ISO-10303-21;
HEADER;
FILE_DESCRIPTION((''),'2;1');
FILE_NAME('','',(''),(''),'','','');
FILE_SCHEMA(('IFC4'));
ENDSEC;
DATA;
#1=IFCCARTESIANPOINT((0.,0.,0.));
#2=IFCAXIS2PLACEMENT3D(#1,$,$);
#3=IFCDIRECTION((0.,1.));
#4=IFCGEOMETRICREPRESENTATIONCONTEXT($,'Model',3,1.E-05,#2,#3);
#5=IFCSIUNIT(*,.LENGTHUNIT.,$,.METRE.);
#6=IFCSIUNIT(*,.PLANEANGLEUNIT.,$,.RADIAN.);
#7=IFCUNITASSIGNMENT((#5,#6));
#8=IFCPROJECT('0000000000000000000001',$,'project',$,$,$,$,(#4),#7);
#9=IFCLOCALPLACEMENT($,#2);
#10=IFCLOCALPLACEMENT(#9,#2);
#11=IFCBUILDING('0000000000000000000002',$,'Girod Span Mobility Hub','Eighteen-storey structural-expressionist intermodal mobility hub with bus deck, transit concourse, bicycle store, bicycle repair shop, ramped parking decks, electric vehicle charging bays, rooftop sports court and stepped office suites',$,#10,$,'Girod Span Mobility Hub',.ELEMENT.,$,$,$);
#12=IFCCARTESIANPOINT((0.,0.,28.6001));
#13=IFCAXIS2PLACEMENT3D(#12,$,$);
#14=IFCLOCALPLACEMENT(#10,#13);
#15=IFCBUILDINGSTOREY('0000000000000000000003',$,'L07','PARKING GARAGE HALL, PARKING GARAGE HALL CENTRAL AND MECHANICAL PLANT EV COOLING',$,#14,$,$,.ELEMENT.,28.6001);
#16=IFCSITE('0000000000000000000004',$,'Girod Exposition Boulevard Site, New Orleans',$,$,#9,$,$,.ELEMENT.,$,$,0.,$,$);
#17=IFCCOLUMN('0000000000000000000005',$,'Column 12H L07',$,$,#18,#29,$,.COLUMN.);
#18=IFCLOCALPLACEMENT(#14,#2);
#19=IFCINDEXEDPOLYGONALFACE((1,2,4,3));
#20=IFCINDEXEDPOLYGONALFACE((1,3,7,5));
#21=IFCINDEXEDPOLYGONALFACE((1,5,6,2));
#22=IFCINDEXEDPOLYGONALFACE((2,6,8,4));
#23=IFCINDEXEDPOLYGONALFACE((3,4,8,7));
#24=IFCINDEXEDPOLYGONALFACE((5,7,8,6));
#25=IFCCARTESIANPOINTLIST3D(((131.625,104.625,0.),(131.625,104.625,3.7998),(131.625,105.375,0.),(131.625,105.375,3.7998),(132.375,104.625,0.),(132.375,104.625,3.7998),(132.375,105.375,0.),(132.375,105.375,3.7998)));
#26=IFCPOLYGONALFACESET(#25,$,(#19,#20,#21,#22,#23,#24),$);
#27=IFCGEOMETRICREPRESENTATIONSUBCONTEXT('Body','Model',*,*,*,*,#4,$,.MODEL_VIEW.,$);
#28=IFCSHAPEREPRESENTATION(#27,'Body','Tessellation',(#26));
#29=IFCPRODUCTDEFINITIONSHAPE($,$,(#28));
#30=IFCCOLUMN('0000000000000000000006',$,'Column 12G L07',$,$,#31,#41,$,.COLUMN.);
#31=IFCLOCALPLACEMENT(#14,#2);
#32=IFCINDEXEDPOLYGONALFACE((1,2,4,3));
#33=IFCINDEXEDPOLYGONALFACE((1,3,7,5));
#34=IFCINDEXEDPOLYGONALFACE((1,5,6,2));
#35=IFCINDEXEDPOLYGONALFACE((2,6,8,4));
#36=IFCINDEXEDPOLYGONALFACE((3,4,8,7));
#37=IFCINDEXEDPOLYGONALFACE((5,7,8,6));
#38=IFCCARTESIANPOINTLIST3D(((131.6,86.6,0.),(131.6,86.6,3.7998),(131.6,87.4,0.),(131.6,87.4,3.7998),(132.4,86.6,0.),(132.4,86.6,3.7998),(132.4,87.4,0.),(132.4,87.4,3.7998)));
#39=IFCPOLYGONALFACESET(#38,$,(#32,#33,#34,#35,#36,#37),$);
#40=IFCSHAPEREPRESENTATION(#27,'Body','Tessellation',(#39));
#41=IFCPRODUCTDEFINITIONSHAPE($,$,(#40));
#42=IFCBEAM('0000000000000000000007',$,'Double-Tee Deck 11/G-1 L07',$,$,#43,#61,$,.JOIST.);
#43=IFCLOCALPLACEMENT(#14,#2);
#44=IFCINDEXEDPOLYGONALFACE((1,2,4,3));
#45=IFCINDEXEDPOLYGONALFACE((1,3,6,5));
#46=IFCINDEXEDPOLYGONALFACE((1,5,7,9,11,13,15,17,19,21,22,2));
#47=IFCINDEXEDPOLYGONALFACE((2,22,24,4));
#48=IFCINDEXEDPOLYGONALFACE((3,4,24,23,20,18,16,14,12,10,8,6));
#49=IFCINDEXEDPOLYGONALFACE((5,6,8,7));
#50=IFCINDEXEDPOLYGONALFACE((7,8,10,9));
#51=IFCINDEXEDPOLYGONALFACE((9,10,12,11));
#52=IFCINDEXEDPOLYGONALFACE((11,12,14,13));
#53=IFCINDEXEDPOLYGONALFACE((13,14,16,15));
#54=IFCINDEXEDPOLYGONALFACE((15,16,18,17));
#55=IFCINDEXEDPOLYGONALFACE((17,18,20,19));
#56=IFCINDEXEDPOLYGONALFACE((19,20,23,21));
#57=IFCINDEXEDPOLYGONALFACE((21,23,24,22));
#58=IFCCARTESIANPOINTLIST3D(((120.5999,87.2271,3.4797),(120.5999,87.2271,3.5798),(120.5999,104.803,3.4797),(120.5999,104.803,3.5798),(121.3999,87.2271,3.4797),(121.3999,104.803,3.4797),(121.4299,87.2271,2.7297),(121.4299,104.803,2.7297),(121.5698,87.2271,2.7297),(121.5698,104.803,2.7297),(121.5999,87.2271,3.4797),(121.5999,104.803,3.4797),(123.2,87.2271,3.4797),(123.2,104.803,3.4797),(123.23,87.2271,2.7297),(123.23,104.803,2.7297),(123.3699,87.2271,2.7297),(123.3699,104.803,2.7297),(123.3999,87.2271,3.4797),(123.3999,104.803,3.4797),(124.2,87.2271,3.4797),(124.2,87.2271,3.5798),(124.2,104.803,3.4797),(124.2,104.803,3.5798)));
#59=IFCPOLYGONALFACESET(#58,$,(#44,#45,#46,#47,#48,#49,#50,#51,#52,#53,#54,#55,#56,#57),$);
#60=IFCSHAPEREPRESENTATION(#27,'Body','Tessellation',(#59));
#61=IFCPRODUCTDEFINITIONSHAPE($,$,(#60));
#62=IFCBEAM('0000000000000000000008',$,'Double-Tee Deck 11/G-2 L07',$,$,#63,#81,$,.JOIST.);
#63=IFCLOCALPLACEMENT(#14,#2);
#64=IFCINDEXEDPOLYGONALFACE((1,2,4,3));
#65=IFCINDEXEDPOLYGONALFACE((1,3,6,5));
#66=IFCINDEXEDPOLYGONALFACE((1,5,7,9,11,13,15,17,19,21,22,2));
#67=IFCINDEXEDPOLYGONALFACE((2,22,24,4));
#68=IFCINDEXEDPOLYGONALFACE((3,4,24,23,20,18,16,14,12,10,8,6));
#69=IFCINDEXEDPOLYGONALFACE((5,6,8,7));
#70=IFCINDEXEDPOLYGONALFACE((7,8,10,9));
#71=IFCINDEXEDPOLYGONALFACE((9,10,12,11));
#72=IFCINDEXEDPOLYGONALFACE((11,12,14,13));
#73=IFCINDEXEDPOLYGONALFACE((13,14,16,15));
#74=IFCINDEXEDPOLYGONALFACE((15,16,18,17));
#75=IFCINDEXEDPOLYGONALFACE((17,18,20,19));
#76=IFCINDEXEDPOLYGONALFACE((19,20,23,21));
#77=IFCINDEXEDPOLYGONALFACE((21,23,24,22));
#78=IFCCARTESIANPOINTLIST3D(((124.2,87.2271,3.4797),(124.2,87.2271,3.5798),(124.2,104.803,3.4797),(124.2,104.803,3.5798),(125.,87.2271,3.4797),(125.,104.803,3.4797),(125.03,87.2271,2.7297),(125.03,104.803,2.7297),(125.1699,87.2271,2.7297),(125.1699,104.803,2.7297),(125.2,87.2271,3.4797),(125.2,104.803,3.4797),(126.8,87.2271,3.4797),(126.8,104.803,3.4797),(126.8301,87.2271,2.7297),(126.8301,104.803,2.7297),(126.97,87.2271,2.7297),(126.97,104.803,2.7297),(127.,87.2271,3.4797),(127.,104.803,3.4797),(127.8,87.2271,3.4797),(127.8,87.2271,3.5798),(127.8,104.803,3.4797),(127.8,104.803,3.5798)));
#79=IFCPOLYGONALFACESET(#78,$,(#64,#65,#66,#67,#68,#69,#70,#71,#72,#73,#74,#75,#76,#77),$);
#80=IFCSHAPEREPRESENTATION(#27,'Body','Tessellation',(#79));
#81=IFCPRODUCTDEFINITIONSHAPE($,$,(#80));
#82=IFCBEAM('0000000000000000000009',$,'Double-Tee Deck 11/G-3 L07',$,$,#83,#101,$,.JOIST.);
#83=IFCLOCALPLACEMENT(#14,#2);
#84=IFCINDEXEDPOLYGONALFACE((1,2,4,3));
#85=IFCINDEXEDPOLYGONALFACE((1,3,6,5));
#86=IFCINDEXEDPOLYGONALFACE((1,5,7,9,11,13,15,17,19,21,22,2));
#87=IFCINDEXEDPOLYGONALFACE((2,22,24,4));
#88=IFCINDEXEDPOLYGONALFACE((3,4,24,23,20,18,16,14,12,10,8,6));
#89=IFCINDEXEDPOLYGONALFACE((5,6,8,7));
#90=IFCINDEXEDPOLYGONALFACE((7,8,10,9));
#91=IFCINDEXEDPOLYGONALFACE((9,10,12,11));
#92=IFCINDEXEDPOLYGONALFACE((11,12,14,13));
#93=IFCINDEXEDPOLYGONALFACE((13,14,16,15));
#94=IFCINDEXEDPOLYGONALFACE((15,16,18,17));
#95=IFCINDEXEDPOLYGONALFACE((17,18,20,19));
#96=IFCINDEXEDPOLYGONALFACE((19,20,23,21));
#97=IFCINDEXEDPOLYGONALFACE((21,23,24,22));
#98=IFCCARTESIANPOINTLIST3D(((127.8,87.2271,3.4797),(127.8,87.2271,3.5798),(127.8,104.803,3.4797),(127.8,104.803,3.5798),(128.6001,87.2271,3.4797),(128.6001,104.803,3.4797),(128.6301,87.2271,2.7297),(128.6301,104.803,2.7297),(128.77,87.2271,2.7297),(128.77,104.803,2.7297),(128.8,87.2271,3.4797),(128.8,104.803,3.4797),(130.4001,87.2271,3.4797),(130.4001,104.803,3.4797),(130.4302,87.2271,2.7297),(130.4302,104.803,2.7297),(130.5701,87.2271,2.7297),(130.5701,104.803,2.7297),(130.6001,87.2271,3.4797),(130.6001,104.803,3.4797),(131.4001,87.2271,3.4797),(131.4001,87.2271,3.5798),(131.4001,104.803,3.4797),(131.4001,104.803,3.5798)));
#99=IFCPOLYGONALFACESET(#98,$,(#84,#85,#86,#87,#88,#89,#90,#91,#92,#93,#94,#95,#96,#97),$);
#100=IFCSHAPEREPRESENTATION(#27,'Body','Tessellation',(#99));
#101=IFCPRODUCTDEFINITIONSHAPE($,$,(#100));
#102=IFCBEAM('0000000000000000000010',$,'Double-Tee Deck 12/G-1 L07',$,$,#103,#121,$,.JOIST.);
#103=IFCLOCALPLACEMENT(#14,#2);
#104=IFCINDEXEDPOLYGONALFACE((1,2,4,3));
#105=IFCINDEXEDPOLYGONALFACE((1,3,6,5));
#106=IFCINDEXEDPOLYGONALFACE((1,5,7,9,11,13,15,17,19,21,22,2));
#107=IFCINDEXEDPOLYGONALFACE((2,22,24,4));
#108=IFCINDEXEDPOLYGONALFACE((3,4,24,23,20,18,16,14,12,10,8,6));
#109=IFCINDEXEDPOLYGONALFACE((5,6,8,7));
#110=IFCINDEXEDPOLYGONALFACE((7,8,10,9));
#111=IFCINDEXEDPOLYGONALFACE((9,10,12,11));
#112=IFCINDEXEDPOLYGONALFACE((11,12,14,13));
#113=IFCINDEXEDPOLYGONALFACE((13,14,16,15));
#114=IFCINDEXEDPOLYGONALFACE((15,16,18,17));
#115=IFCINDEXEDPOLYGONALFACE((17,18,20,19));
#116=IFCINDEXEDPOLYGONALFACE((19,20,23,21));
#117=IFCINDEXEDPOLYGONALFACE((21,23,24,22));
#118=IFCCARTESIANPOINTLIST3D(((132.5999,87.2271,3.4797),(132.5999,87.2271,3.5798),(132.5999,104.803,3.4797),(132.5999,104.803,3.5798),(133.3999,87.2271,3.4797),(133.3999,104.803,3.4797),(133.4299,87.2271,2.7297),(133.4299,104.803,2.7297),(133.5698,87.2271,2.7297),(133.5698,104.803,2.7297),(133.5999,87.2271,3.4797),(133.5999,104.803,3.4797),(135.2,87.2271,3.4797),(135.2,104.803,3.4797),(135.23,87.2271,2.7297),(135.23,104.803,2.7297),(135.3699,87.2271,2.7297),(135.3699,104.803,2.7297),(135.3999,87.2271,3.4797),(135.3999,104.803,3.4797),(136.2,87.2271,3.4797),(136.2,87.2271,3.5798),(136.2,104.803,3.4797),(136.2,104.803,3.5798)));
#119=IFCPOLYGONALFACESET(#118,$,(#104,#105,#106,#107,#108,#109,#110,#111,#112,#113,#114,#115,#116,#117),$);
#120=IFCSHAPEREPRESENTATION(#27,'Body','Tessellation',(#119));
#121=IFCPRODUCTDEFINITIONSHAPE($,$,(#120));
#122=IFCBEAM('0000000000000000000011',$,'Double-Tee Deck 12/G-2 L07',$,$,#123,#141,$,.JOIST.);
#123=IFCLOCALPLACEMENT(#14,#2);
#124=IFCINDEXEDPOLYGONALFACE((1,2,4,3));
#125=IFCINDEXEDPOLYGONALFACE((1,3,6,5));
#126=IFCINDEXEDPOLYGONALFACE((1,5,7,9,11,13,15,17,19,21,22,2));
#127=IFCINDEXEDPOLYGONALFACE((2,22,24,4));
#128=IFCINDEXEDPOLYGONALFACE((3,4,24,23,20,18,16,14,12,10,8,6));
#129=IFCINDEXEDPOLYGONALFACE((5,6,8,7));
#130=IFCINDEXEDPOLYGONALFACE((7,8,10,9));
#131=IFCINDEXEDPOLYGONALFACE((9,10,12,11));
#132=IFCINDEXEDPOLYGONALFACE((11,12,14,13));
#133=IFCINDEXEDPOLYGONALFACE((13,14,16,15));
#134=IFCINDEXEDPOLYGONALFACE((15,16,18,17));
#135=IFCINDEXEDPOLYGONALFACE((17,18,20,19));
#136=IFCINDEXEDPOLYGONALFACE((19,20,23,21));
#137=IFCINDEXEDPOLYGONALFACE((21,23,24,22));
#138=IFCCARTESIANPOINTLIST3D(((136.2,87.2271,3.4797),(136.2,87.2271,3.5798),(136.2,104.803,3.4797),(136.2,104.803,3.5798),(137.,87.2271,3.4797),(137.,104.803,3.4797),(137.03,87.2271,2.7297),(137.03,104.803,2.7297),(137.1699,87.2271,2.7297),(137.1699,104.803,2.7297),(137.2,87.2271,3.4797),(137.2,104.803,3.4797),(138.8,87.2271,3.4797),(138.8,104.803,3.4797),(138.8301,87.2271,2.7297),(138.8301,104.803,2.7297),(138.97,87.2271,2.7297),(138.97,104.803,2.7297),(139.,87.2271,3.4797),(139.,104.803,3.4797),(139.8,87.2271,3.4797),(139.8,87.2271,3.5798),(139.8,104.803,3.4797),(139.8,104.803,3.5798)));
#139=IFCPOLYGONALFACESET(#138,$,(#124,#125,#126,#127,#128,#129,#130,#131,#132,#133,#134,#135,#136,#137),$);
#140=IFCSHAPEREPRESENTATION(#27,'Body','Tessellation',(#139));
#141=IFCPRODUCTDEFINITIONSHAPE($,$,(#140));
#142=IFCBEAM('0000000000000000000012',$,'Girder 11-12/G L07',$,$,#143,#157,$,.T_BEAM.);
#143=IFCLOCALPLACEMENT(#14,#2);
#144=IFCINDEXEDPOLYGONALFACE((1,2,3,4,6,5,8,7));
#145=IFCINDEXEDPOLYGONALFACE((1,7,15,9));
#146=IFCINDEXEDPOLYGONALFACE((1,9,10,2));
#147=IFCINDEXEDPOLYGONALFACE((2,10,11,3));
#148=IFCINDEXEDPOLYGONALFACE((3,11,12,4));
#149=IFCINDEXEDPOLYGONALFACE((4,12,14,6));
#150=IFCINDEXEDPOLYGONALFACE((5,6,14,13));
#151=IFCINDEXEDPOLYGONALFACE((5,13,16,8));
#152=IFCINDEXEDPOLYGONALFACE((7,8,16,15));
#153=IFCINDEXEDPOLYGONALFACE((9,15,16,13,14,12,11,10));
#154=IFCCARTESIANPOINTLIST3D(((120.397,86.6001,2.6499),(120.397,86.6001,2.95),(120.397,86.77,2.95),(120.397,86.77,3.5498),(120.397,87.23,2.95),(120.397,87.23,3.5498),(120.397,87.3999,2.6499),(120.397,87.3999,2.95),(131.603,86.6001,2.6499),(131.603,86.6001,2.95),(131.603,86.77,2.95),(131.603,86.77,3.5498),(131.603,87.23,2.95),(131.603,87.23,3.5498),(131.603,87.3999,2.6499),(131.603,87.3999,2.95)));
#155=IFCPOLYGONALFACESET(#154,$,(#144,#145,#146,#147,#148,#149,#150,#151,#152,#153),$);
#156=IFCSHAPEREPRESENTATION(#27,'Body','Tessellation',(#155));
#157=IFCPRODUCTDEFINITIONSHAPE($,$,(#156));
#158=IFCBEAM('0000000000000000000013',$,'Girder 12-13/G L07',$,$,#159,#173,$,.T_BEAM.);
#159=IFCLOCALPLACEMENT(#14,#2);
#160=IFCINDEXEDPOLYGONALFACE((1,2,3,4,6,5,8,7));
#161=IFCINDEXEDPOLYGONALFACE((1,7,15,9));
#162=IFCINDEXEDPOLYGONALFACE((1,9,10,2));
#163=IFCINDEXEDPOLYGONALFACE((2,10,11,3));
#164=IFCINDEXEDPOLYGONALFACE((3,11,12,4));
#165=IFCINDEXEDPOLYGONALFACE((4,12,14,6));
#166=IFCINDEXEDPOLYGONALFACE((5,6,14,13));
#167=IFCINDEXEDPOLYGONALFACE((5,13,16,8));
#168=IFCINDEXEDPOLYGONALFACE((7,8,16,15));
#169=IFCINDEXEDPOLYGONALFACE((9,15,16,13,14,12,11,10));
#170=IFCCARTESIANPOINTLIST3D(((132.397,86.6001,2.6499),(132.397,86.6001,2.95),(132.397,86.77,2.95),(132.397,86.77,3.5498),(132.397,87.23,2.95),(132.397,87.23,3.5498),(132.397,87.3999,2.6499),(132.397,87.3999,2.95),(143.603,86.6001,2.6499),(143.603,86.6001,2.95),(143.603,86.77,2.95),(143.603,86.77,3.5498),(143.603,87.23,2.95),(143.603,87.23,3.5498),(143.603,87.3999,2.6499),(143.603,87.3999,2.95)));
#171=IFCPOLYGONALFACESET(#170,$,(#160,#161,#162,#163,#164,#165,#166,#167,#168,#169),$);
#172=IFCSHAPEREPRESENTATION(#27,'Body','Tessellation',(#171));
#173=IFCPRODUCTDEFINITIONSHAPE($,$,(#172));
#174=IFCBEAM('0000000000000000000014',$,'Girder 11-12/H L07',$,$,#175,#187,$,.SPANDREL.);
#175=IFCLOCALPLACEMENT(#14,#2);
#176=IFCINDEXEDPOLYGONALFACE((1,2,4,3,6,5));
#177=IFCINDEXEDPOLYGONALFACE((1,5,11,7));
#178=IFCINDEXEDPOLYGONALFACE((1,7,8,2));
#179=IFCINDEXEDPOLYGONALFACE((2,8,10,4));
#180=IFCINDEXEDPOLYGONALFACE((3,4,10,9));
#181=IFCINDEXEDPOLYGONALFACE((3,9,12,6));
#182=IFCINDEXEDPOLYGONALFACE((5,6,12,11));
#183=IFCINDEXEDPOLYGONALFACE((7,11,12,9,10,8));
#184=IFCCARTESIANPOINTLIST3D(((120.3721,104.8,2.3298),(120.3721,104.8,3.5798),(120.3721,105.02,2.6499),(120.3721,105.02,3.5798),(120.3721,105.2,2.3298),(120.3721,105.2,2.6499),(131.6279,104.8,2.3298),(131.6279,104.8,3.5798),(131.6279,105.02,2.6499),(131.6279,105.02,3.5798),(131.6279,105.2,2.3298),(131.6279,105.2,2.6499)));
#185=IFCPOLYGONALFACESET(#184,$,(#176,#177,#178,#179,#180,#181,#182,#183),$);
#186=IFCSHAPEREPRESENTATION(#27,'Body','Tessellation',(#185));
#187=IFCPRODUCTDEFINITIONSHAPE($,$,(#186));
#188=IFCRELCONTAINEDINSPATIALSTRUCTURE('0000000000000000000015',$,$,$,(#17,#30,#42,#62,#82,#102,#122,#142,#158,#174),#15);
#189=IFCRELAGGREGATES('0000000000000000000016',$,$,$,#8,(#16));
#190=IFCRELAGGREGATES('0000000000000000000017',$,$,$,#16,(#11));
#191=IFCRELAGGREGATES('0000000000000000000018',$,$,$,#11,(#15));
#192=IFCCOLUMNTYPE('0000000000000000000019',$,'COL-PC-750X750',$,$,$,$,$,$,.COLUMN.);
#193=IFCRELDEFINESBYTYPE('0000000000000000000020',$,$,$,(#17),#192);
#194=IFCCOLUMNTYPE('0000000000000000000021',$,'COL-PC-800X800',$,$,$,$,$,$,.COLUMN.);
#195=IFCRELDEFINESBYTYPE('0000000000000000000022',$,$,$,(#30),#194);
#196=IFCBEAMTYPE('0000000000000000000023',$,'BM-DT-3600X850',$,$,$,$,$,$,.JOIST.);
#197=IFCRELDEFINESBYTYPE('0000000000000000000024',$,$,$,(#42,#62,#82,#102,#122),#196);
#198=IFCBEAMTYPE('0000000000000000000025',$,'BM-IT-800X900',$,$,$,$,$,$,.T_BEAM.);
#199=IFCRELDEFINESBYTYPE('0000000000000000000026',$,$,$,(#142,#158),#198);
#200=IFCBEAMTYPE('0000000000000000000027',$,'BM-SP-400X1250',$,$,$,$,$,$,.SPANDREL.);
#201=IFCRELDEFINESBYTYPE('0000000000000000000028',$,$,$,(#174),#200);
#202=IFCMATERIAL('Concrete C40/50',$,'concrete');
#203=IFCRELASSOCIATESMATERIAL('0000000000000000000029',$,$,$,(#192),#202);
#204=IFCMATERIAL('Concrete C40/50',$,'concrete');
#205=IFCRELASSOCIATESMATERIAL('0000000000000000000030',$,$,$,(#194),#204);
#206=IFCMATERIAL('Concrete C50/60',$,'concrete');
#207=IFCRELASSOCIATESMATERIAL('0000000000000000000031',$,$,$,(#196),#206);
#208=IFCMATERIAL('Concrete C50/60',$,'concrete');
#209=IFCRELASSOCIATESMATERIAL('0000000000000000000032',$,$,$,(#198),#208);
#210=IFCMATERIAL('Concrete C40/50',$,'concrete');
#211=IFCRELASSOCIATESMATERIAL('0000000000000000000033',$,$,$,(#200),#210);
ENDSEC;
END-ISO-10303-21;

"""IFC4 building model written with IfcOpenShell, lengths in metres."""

from ifc_helpers import new_model, si_unit, direction, frame, origin, origin_2d, place, context, subcontext, project, spatial, polyline, rectangle, outline, extrude, material, material_profile, profile_set, type_object, element, save


model = new_model("IFC4")

# Units and contexts
model_context = context("Model", 3, precision=1e-05, world=origin(), true_north=direction((0.0, 1.0)))
body_context = subcontext(model_context, "Body", "Model", "MODEL_VIEW")
ifc_project = project(units=[si_unit("LENGTHUNIT", "METRE"), si_unit("PLANEANGLEUNIT", "RADIAN")], contexts=[model_context])

# Site, building, storey
site_placement = place(None, origin())
site = spatial("IfcSite", under=ifc_project, at=site_placement, Name="Girod Exposition Boulevard Site, New Orleans", CompositionType="ELEMENT", RefElevation=0.0)
building_placement = place(site_placement, origin())
building = spatial("IfcBuilding", under=site, at=building_placement, Name="Girod Span Mobility Hub", Description="Eighteen-storey structural-expressionist intermodal mobility hub with bus deck, transit concourse, bicycle store, bicycle repair shop, ramped parking decks, electric vehicle charging bays, rooftop sports court and stepped office suites", LongName="Girod Span Mobility Hub", CompositionType="ELEMENT")
storey_placement = place(building_placement, frame((0.0, 0.0, 28.6001)))
storey = spatial("IfcBuildingStorey", under=building, at=storey_placement, Name="L07", Description="PARKING GARAGE HALL, PARKING GARAGE HALL CENTRAL AND MECHANICAL PLANT EV COOLING", CompositionType="ELEMENT", Elevation=28.6001)

# Columns
ifc_material_1 = material(Name="Concrete C40/50", Category="concrete")
ifc_material_profile_1 = material_profile(ifc_material_1, rectangle(XDim=0.75, YDim=0.75, at=origin_2d()), Name="PC-COL-750X750")
ifc_profile_set_1 = profile_set([ifc_material_profile_1], Name="Concrete C40/50")
column_type_1 = type_object("IfcColumnType", Name="COL-PC-750X750", PredefinedType="COLUMN", material=ifc_profile_set_1)
column_1_placement = place(storey_placement, frame((132.0, 105.0, 0.0), z_axis=(0.0, 0.0, 1.0), x_axis=(1.0, 0.0, 0.0)))
element("IfcColumn", 1, at=column_1_placement, inside=storey, type_object=column_type_1, Name="Column 12H L07", PredefinedType="COLUMN", context=body_context, shape_type="SweptSolid", body=[
    extrude(rectangle(XDim=0.75, YDim=0.75, at=origin_2d()), origin(), (0.0, 0.0, 1.0), 3.7998),
])
ifc_material_2 = material(Name="Concrete C40/50", Category="concrete")
ifc_material_profile_2 = material_profile(ifc_material_2, rectangle(XDim=0.8, YDim=0.8, at=origin_2d()), Name="PC-COL-800X800")
ifc_profile_set_2 = profile_set([ifc_material_profile_2], Name="Concrete C40/50")
column_type_2 = type_object("IfcColumnType", Name="COL-PC-800X800", PredefinedType="COLUMN", material=ifc_profile_set_2)
column_2_placement = place(storey_placement, frame((132.0, 87.0, 0.0), z_axis=(0.0, 0.0, 1.0), x_axis=(1.0, 0.0, 0.0)))
element("IfcColumn", 2, at=column_2_placement, inside=storey, type_object=column_type_2, Name="Column 12G L07", PredefinedType="COLUMN", context=body_context, shape_type="SweptSolid", body=[
    extrude(rectangle(XDim=0.8, YDim=0.8, at=origin_2d()), origin(), (0.0, 0.0, 1.0), 3.7998),
])

# Beams
ifc_material_3 = material(Name="Concrete C50/60", Category="concrete")
ifc_material_profile_3 = material_profile(ifc_material_3, outline(polyline([(-1.8, 0.425), (-1.8, 0.325), (-1.0, 0.325), (-0.97, -0.425), (-0.8301, -0.425), (-0.8, 0.325), (0.8, 0.325), (0.8301, -0.425), (0.97, -0.425), (1.0, 0.325), (1.8, 0.325), (1.8, 0.425), (-1.8, 0.425)])), Name="DT-3600X850")
ifc_profile_set_3 = profile_set([ifc_material_profile_3], Name="Concrete C50/60")
beam_type_1 = type_object("IfcBeamType", Name="BM-DT-3600X850", PredefinedType="JOIST", material=ifc_profile_set_3)
for number, where, z_axis, x_axis, name in (
    (3, (122.3999, 87.2271, 3.1548), (0.0, 1.0, 0.0), (-1.0, 0.0, 0.0), "Double-Tee Deck 11/G-1 L07"),
    (4, (126.0, 87.2271, 3.1548), (0.0, 1.0, 0.0), (-1.0, 0.0, 0.0), "Double-Tee Deck 11/G-2 L07"),
    (5, (129.6001, 87.2271, 3.1548), (0.0, 1.0, 0.0), (-1.0, 0.0, 0.0), "Double-Tee Deck 11/G-3 L07"),
    (6, (134.3999, 87.2271, 3.1548), (0.0, 1.0, 0.0), (-1.0, 0.0, 0.0), "Double-Tee Deck 12/G-1 L07"),
    (7, (138.0, 87.2271, 3.1548), (0.0, 1.0, 0.0), (-1.0, 0.0, 0.0), "Double-Tee Deck 12/G-2 L07"),
):
    element("IfcBeam", number, at=place(storey_placement, frame(where, z_axis=z_axis, x_axis=x_axis)), inside=storey, type_object=beam_type_1, Name=name, PredefinedType="JOIST", context=body_context, shape_type="SweptSolid", body=[
        extrude(outline(polyline([(-1.8, 0.425), (-1.8, 0.325), (-1.0, 0.325), (-0.97, -0.425), (-0.8301, -0.425), (-0.8, 0.325), (0.8, 0.325), (0.8301, -0.425), (0.97, -0.425), (1.0, 0.325), (1.8, 0.325), (1.8, 0.425), (-1.8, 0.425)])), origin(), (0.0, 0.0, 1.0), 17.5759),
    ])
ifc_material_4 = material(Name="Concrete C50/60", Category="concrete")
ifc_material_profile_4 = material_profile(ifc_material_4, outline(polyline([(-0.3999, -0.45), (0.3999, -0.45), (0.3999, -0.1499), (0.23, -0.1499), (0.23, 0.45), (-0.23, 0.45), (-0.23, -0.1499), (-0.3999, -0.1499), (-0.3999, -0.45)])), Name="IT-800X900")
ifc_profile_set_4 = profile_set([ifc_material_profile_4], Name="Concrete C50/60")
beam_type_2 = type_object("IfcBeamType", Name="BM-IT-800X900", PredefinedType="T_BEAM", material=ifc_profile_set_4)
for number, where, z_axis, x_axis, name in (
    (8, (120.397, 87.0, 3.0999), (1.0, 0.0, 0.0), (0.0, 1.0, 0.0), "Girder 11-12/G L07"),
    (9, (132.397, 87.0, 3.0999), (1.0, 0.0, 0.0), (0.0, 1.0, 0.0), "Girder 12-13/G L07"),
):
    element("IfcBeam", number, at=place(storey_placement, frame(where, z_axis=z_axis, x_axis=x_axis)), inside=storey, type_object=beam_type_2, Name=name, PredefinedType="T_BEAM", context=body_context, shape_type="SweptSolid", body=[
        extrude(outline(polyline([(-0.3999, -0.45), (0.3999, -0.45), (0.3999, -0.1499), (0.23, -0.1499), (0.23, 0.45), (-0.23, 0.45), (-0.23, -0.1499), (-0.3999, -0.1499), (-0.3999, -0.45)])), origin(), (0.0, 0.0, 1.0), 11.2061),
    ])
ifc_material_5 = material(Name="Concrete C40/50", Category="concrete")
ifc_material_profile_5 = material_profile(ifc_material_5, outline(polyline([(-0.2, -0.625), (0.2, -0.625), (0.2, -0.3049), (0.02, -0.3049), (0.02, 0.625), (-0.2, 0.625), (-0.2, -0.625)])), Name="SP-400X1250")
ifc_profile_set_5 = profile_set([ifc_material_profile_5], Name="Concrete C40/50")
beam_type_3 = type_object("IfcBeamType", Name="BM-SP-400X1250", PredefinedType="SPANDREL", material=ifc_profile_set_5)
for number, where, z_axis, x_axis, name in (
    (10, (120.3721, 105.0, 2.9548), (1.0, 0.0, 0.0), (0.0, 1.0, 0.0), "Girder 11-12/H L07"),
):
    element("IfcBeam", number, at=place(storey_placement, frame(where, z_axis=z_axis, x_axis=x_axis)), inside=storey, type_object=beam_type_3, Name=name, PredefinedType="SPANDREL", context=body_context, shape_type="SweptSolid", body=[
        extrude(outline(polyline([(-0.2, -0.625), (0.2, -0.625), (0.2, -0.3049), (0.02, -0.3049), (0.02, 0.625), (-0.2, 0.625), (-0.2, -0.625)])), origin(), (0.0, 0.0, 1.0), 11.2559),
    ])

save(model, "model.ifc")
